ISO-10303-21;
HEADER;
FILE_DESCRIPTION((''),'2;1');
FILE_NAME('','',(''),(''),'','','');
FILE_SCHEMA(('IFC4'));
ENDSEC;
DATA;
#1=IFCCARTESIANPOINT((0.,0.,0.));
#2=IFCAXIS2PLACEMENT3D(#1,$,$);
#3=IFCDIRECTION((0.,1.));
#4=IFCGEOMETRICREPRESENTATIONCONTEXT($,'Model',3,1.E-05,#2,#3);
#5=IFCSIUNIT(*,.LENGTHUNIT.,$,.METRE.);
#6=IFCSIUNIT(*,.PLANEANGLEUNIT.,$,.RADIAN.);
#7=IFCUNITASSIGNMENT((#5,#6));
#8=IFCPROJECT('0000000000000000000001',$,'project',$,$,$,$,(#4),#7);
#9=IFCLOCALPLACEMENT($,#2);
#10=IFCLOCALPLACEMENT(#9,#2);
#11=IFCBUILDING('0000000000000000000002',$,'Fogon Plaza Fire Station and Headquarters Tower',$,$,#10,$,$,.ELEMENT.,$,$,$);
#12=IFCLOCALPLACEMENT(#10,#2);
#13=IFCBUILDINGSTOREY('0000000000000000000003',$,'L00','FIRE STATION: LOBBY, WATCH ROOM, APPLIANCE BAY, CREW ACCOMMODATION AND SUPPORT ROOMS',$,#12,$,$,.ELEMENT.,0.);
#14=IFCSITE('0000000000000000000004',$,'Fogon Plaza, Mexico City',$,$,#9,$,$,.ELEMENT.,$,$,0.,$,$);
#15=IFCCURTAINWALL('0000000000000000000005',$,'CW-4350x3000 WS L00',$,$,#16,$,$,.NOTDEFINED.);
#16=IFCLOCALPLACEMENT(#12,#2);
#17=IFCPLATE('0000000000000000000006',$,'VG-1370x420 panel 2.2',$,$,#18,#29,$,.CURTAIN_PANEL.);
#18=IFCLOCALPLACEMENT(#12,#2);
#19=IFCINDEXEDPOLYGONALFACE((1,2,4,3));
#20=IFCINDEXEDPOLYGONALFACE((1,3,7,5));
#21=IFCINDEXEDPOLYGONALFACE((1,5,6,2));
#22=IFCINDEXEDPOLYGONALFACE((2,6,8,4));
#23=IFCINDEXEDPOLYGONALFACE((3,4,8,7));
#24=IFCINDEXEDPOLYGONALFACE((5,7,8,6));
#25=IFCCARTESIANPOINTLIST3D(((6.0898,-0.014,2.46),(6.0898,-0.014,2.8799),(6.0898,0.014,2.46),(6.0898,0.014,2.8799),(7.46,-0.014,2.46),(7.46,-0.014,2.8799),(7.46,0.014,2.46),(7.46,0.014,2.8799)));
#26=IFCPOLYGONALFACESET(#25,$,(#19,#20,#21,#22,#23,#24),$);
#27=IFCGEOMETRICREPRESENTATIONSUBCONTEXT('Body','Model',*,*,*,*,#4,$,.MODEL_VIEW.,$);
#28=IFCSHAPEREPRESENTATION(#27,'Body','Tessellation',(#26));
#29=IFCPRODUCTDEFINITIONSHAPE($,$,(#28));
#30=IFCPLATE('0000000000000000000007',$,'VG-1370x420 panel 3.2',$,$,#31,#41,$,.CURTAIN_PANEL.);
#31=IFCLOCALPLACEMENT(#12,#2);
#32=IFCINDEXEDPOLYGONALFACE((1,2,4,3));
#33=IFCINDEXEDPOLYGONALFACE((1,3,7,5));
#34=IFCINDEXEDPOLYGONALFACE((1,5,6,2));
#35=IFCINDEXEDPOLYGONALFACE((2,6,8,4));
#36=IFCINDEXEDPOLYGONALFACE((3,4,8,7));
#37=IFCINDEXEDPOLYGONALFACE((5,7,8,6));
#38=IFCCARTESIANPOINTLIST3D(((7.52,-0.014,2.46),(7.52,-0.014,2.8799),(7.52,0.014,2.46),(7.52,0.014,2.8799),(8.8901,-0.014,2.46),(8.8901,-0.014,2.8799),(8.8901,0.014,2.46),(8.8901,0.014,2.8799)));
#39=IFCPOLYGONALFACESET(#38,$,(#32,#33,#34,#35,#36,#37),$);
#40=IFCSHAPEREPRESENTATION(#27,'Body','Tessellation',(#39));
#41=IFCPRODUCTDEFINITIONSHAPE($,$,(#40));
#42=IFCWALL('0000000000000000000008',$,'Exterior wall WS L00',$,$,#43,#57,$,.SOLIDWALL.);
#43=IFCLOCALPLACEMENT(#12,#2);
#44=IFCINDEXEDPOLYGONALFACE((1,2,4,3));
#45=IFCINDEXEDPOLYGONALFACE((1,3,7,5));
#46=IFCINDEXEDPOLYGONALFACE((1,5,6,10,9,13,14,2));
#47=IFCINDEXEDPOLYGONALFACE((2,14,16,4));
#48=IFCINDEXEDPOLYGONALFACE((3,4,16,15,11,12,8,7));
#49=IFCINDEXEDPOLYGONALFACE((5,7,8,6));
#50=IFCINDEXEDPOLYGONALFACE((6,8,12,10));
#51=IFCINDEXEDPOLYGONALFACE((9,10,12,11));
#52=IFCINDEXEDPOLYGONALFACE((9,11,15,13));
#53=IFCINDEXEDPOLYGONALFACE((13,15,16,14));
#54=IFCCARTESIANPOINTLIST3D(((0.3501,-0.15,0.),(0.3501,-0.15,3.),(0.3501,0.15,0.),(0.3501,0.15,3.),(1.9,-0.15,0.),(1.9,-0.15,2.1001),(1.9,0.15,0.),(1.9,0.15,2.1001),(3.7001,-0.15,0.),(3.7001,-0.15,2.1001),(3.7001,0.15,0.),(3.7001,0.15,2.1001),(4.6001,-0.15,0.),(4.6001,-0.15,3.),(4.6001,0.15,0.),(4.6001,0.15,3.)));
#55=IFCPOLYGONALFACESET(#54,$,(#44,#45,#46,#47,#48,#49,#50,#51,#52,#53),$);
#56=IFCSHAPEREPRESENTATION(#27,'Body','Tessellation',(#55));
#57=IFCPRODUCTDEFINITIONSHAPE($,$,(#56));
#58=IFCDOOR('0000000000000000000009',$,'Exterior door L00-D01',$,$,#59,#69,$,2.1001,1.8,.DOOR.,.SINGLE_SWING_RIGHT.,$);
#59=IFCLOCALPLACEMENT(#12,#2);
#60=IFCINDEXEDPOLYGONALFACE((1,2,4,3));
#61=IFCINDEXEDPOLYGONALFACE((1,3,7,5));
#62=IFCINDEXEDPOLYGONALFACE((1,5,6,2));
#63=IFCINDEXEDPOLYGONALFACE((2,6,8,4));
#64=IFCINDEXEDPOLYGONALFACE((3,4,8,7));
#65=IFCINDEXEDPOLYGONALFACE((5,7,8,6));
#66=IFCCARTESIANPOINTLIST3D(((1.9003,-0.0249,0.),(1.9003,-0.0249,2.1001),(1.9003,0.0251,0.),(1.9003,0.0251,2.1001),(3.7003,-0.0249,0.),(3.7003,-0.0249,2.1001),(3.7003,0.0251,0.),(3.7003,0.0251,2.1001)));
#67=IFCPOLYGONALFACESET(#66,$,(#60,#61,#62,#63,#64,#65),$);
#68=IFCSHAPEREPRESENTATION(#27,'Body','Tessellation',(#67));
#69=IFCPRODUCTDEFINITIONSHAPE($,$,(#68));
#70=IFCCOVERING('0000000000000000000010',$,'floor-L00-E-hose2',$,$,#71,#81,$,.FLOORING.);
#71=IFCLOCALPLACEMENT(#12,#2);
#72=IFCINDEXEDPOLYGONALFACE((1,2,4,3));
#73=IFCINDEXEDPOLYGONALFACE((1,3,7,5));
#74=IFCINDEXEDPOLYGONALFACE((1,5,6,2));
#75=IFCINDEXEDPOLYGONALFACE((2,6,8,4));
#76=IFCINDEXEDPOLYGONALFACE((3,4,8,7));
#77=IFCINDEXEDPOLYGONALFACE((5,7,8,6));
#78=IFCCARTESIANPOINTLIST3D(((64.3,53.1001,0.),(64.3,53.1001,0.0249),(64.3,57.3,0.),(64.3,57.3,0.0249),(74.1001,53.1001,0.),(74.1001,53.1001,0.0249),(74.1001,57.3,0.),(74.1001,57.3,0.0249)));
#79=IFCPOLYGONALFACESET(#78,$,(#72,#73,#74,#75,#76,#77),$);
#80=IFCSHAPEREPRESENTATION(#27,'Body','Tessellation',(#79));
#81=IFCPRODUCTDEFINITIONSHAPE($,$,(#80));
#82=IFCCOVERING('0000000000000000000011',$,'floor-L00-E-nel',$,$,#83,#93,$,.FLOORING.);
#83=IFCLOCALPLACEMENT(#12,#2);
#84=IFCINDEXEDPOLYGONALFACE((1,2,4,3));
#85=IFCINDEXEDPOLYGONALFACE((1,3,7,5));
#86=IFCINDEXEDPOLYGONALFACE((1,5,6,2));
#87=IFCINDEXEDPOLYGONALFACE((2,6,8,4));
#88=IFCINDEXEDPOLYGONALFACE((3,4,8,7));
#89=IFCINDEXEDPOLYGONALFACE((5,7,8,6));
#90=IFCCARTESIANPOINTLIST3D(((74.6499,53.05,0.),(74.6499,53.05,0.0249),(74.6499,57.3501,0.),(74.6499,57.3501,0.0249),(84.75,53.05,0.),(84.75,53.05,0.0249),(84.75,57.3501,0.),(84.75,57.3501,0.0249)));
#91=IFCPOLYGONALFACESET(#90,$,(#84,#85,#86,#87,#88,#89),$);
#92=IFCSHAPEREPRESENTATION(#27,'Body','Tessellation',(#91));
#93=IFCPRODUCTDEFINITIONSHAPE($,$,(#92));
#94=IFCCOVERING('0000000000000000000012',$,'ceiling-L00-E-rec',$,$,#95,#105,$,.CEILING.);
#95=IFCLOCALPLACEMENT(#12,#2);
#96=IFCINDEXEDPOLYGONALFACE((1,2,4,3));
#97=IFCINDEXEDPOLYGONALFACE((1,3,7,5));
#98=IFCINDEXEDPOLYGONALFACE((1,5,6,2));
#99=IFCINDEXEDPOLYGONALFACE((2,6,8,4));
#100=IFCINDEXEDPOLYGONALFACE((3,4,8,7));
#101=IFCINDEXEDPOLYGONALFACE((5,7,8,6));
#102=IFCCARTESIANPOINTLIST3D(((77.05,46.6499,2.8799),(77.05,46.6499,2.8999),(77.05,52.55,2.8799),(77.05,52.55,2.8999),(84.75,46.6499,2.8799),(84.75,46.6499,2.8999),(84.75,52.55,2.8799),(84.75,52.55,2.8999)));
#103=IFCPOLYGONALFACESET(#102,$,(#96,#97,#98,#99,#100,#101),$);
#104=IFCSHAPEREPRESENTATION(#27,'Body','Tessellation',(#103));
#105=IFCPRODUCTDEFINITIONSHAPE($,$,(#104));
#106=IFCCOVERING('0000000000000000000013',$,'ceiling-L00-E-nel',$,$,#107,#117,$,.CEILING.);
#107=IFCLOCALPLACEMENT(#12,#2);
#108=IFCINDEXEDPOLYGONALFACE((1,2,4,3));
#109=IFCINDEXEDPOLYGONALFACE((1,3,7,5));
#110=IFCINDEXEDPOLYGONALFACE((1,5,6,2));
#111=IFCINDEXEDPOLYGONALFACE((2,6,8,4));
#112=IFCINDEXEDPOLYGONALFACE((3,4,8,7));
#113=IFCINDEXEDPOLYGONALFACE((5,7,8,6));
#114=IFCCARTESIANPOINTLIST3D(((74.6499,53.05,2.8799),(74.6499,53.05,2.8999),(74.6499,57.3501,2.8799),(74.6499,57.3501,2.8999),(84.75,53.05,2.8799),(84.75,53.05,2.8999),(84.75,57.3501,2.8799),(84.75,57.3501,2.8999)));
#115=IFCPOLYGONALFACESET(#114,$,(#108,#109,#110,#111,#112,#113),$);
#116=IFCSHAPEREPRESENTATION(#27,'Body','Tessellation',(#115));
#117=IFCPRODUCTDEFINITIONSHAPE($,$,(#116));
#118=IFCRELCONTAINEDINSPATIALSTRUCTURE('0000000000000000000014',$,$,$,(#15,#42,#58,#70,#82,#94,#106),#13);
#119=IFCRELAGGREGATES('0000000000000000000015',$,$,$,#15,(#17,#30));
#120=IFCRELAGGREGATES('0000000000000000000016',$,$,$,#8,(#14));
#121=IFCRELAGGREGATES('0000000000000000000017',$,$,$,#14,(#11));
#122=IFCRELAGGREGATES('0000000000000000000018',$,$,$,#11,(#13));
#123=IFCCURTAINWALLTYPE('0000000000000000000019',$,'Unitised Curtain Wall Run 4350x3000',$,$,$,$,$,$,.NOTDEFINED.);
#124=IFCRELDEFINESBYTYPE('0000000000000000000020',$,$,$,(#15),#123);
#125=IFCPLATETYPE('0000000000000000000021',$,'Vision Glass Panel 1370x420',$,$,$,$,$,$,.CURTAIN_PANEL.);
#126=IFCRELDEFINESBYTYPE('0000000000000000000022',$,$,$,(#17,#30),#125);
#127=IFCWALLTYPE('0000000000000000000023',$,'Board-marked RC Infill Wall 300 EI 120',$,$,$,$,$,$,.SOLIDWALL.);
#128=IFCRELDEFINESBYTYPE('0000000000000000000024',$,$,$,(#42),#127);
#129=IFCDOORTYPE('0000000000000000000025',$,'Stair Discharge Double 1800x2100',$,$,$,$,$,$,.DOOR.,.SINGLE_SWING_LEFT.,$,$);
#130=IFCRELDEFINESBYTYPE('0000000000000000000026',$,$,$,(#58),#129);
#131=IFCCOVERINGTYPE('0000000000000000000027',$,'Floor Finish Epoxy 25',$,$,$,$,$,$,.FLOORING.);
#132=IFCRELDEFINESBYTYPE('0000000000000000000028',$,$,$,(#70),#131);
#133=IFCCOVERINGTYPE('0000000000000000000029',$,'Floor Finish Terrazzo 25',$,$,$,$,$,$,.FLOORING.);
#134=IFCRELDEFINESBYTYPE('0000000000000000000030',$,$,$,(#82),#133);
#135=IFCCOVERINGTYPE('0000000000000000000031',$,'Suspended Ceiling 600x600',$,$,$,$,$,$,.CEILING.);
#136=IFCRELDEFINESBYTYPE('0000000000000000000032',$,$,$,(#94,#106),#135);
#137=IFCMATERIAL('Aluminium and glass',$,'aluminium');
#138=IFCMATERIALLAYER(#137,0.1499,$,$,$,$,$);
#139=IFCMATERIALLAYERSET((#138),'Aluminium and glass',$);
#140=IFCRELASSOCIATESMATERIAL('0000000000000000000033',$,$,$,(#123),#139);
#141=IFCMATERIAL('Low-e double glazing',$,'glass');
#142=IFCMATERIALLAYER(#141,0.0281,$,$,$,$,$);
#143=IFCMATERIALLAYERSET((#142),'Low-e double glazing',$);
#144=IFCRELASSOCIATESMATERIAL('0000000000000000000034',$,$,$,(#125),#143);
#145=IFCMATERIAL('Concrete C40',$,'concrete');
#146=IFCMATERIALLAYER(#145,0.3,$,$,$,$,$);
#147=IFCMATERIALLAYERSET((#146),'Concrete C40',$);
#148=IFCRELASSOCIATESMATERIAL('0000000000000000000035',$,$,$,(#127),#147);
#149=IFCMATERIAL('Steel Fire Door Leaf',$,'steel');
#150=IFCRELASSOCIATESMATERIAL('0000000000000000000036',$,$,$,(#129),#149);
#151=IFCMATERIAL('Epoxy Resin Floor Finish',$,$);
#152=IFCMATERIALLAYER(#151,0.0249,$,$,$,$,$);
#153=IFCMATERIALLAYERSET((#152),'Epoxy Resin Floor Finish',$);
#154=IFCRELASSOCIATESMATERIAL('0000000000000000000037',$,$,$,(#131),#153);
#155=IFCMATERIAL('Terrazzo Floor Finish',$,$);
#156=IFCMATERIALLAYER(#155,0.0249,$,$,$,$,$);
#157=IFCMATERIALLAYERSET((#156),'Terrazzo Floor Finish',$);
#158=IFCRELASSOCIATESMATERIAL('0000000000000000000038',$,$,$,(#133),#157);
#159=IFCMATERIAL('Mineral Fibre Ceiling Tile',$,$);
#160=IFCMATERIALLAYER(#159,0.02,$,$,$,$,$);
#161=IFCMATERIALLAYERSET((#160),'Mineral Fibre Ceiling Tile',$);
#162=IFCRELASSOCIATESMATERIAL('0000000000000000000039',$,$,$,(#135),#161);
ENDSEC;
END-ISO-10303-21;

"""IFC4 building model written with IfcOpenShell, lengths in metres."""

from ifc_helpers import new_model, si_unit, direction, frame, frame_2d, origin, origin_2d, place, context, subcontext, project, spatial, polyline, rectangle, outline, extrude, material, layer, layer_set, type_object, element, fill, aggregate, save


model = new_model("IFC4")

# Units and contexts
model_context = context("Model", 3, precision=1e-05, world=origin(), true_north=direction((0.0, 1.0)))
body_context = subcontext(model_context, "Body", "Model", "MODEL_VIEW")
ifc_project = project(units=[si_unit("LENGTHUNIT", "METRE"), si_unit("PLANEANGLEUNIT", "RADIAN")], contexts=[model_context])

# Site, building, storey
site_placement = place(None, origin())
site = spatial("IfcSite", under=ifc_project, at=site_placement, Name="Fogon Plaza, Mexico City", CompositionType="ELEMENT", RefElevation=0.0)
building_placement = place(site_placement, origin())
building = spatial("IfcBuilding", under=site, at=building_placement, Name="Fogon Plaza Fire Station and Headquarters Tower", CompositionType="ELEMENT")
storey_placement = place(building_placement, origin())
storey = spatial("IfcBuildingStorey", under=building, at=storey_placement, Name="L00", Description="FIRE STATION: LOBBY, WATCH ROOM, APPLIANCE BAY, CREW ACCOMMODATION AND SUPPORT ROOMS", CompositionType="ELEMENT", Elevation=0.0)

# Curtain wall
ifc_material_1 = material(Name="Aluminium and glass", Category="aluminium")
ifc_layer_1 = layer(ifc_material_1, 0.1499)
ifc_layer_set_1 = layer_set([ifc_layer_1], Name="Aluminium and glass")
curtain_wall_type = type_object("IfcCurtainWallType", Name="Unitised Curtain Wall Run 4350x3000", PredefinedType="NOTDEFINED", material=ifc_layer_set_1)
curtain_wall_placement = place(storey_placement, origin())
curtain_wall = element("IfcCurtainWall", 1, at=curtain_wall_placement, inside=storey, type_object=curtain_wall_type, Name="CW-4350x3000 WS L00", PredefinedType="NOTDEFINED")

# Plates
ifc_material_2 = material(Name="Low-e double glazing", Category="glass")
ifc_layer_2 = layer(ifc_material_2, 0.0281)
ifc_layer_set_2 = layer_set([ifc_layer_2], Name="Low-e double glazing")
plate_type_1 = type_object("IfcPlateType", Name="Vision Glass Panel 1370x420", PredefinedType="CURTAIN_PANEL", material=ifc_layer_set_2)
plate_1_placement = place(storey_placement, frame((6.7749, 0.0, 2.46), z_axis=(0.0, 0.0, 1.0), x_axis=(1.0, 0.0, 0.0)))
plate_1 = element("IfcPlate", 2, at=plate_1_placement, type_object=plate_type_1, Name="VG-1370x420 panel 2.2", PredefinedType="CURTAIN_PANEL", context=body_context, shape_type="SweptSolid", body=[
    extrude(rectangle(XDim=1.3701, YDim=0.0281, at=origin_2d()), origin(), (0.0, 0.0, 1.0), 0.4199),
])
plate_2_placement = place(storey_placement, frame((8.2051, 0.0, 2.46), z_axis=(0.0, 0.0, 1.0), x_axis=(1.0, 0.0, 0.0)))
plate_2 = element("IfcPlate", 3, at=plate_2_placement, type_object=plate_type_1, Name="VG-1370x420 panel 3.2", PredefinedType="CURTAIN_PANEL", context=body_context, shape_type="SweptSolid", body=[
    extrude(rectangle(XDim=1.3701, YDim=0.0281, at=origin_2d()), origin(), (0.0, 0.0, 1.0), 0.4199),
])
aggregate(curtain_wall, [plate_1, plate_2])

# Wall, opening, door
ifc_material_3 = material(Name="Concrete C40", Category="concrete")
ifc_layer_3 = layer(ifc_material_3, 0.3)
ifc_layer_set_3 = layer_set([ifc_layer_3], Name="Concrete C40")
wall_type_1 = type_object("IfcWallType", Name="Board-marked RC Infill Wall 300 EI 120", PredefinedType="SOLIDWALL", material=ifc_layer_set_3)
wall_1_placement = place(storey_placement, frame((0.3501, 0.0, 0.0), z_axis=(0.0, 0.0, 1.0), x_axis=(1.0, 0.0, 0.0)))
wall_1 = element("IfcWall", 4, at=wall_1_placement, inside=storey, type_object=wall_type_1, Name="Exterior wall WS L00", PredefinedType="SOLIDWALL", context=body_context, shape_type="SweptSolid", body=[
    extrude(rectangle(XDim=4.25, YDim=0.3, at=frame_2d((2.125, 0.0))), origin(), (0.0, 0.0, 1.0), 3.0),
])
opening_1_placement = place(wall_1_placement, frame((1.55, 0.0, 0.0)))
opening_1 = element("IfcOpeningElement", 5, at=opening_1_placement, cuts=wall_1, PredefinedType="OPENING", context=body_context, shape_type="SweptSolid", body=[
    extrude(rectangle(XDim=1.8, YDim=2.1001, at=frame_2d((0.8999, 1.05))), frame((0.0, 0.1599, 0.0), z_axis=(0.0, -1.0, 0.0), x_axis=(1.0, 0.0, 0.0)), (0.0, 0.0, 1.0), 0.3201),
])
ifc_material_4 = material(Name="Steel Fire Door Leaf", Category="steel")
door_type_1 = type_object("IfcDoorType", Name="Stair Discharge Double 1800x2100", OperationType="SINGLE_SWING_LEFT", PredefinedType="DOOR", material=ifc_material_4)
door_1_placement = place(opening_1_placement, frame((1.8, 0.0, 0.0), z_axis=(0.0, 0.0, 1.0), x_axis=(-1.0, 0.0, 0.0)))
door_1 = element("IfcDoor", 6, at=door_1_placement, inside=storey, type_object=door_type_1, Name="Exterior door L00-D01", OperationType="SINGLE_SWING_RIGHT", OverallHeight=2.1001, OverallWidth=1.8, PredefinedType="DOOR", context=body_context, shape_type="SweptSolid", body=[
    extrude(rectangle(XDim=1.8, YDim=2.1001, at=frame_2d((0.8999, 1.05))), frame((0.0, 0.0249, 0.0), z_axis=(0.0, -1.0, 0.0), x_axis=(1.0, 0.0, 0.0)), (0.0, 0.0, 1.0), 0.05),
])
fill(opening_1, door_1)

# Coverings
ifc_material_5 = material(Name="Epoxy Resin Floor Finish")
ifc_layer_4 = layer(ifc_material_5, 0.0249)
ifc_layer_set_4 = layer_set([ifc_layer_4], Name="Epoxy Resin Floor Finish")
covering_type_1 = type_object("IfcCoveringType", Name="Floor Finish Epoxy 25", PredefinedType="FLOORING", material=ifc_layer_set_4)
covering_1_placement = place(storey_placement, origin())
element("IfcCovering", 7, at=covering_1_placement, inside=storey, type_object=covering_type_1, Name="floor-L00-E-hose2", PredefinedType="FLOORING", context=body_context, shape_type="SweptSolid", body=[
    extrude(outline(polyline([(64.3, 53.1001), (64.3, 57.3), (74.1001, 57.3), (74.1001, 53.1001), (64.3, 53.1001)])), origin(), (0.0, 0.0, 1.0), 0.0249),
])
ifc_material_6 = material(Name="Terrazzo Floor Finish")
ifc_layer_5 = layer(ifc_material_6, 0.0249)
ifc_layer_set_5 = layer_set([ifc_layer_5], Name="Terrazzo Floor Finish")
covering_type_2 = type_object("IfcCoveringType", Name="Floor Finish Terrazzo 25", PredefinedType="FLOORING", material=ifc_layer_set_5)
covering_2_placement = place(storey_placement, origin())
element("IfcCovering", 8, at=covering_2_placement, inside=storey, type_object=covering_type_2, Name="floor-L00-E-nel", PredefinedType="FLOORING", context=body_context, shape_type="SweptSolid", body=[
    extrude(outline(polyline([(74.6499, 53.05), (74.6499, 57.3501), (84.75, 57.3501), (84.75, 53.05), (74.6499, 53.05)])), origin(), (0.0, 0.0, 1.0), 0.0249),
])
ifc_material_7 = material(Name="Mineral Fibre Ceiling Tile")
ifc_layer_6 = layer(ifc_material_7, 0.02)
ifc_layer_set_6 = layer_set([ifc_layer_6], Name="Mineral Fibre Ceiling Tile")
covering_type_3 = type_object("IfcCoveringType", Name="Suspended Ceiling 600x600", PredefinedType="CEILING", material=ifc_layer_set_6)
covering_3_placement = place(storey_placement, frame((0.0, 0.0, 2.8799)))
element("IfcCovering", 9, at=covering_3_placement, inside=storey, type_object=covering_type_3, Name="ceiling-L00-E-rec", PredefinedType="CEILING", context=body_context, shape_type="SweptSolid", body=[
    extrude(outline(polyline([(77.05, 46.6499), (77.05, 52.55), (84.75, 52.55), (84.75, 46.6499), (77.05, 46.6499)])), origin(), (0.0, 0.0, 1.0), 0.02),
])
covering_4_placement = place(storey_placement, frame((0.0, 0.0, 2.8799)))
element("IfcCovering", 10, at=covering_4_placement, inside=storey, type_object=covering_type_3, Name="ceiling-L00-E-nel", PredefinedType="CEILING", context=body_context, shape_type="SweptSolid", body=[
    extrude(outline(polyline([(74.6499, 53.05), (74.6499, 57.3501), (84.75, 57.3501), (84.75, 53.05), (74.6499, 53.05)])), origin(), (0.0, 0.0, 1.0), 0.02),
])

save(model, "model.ifc")
